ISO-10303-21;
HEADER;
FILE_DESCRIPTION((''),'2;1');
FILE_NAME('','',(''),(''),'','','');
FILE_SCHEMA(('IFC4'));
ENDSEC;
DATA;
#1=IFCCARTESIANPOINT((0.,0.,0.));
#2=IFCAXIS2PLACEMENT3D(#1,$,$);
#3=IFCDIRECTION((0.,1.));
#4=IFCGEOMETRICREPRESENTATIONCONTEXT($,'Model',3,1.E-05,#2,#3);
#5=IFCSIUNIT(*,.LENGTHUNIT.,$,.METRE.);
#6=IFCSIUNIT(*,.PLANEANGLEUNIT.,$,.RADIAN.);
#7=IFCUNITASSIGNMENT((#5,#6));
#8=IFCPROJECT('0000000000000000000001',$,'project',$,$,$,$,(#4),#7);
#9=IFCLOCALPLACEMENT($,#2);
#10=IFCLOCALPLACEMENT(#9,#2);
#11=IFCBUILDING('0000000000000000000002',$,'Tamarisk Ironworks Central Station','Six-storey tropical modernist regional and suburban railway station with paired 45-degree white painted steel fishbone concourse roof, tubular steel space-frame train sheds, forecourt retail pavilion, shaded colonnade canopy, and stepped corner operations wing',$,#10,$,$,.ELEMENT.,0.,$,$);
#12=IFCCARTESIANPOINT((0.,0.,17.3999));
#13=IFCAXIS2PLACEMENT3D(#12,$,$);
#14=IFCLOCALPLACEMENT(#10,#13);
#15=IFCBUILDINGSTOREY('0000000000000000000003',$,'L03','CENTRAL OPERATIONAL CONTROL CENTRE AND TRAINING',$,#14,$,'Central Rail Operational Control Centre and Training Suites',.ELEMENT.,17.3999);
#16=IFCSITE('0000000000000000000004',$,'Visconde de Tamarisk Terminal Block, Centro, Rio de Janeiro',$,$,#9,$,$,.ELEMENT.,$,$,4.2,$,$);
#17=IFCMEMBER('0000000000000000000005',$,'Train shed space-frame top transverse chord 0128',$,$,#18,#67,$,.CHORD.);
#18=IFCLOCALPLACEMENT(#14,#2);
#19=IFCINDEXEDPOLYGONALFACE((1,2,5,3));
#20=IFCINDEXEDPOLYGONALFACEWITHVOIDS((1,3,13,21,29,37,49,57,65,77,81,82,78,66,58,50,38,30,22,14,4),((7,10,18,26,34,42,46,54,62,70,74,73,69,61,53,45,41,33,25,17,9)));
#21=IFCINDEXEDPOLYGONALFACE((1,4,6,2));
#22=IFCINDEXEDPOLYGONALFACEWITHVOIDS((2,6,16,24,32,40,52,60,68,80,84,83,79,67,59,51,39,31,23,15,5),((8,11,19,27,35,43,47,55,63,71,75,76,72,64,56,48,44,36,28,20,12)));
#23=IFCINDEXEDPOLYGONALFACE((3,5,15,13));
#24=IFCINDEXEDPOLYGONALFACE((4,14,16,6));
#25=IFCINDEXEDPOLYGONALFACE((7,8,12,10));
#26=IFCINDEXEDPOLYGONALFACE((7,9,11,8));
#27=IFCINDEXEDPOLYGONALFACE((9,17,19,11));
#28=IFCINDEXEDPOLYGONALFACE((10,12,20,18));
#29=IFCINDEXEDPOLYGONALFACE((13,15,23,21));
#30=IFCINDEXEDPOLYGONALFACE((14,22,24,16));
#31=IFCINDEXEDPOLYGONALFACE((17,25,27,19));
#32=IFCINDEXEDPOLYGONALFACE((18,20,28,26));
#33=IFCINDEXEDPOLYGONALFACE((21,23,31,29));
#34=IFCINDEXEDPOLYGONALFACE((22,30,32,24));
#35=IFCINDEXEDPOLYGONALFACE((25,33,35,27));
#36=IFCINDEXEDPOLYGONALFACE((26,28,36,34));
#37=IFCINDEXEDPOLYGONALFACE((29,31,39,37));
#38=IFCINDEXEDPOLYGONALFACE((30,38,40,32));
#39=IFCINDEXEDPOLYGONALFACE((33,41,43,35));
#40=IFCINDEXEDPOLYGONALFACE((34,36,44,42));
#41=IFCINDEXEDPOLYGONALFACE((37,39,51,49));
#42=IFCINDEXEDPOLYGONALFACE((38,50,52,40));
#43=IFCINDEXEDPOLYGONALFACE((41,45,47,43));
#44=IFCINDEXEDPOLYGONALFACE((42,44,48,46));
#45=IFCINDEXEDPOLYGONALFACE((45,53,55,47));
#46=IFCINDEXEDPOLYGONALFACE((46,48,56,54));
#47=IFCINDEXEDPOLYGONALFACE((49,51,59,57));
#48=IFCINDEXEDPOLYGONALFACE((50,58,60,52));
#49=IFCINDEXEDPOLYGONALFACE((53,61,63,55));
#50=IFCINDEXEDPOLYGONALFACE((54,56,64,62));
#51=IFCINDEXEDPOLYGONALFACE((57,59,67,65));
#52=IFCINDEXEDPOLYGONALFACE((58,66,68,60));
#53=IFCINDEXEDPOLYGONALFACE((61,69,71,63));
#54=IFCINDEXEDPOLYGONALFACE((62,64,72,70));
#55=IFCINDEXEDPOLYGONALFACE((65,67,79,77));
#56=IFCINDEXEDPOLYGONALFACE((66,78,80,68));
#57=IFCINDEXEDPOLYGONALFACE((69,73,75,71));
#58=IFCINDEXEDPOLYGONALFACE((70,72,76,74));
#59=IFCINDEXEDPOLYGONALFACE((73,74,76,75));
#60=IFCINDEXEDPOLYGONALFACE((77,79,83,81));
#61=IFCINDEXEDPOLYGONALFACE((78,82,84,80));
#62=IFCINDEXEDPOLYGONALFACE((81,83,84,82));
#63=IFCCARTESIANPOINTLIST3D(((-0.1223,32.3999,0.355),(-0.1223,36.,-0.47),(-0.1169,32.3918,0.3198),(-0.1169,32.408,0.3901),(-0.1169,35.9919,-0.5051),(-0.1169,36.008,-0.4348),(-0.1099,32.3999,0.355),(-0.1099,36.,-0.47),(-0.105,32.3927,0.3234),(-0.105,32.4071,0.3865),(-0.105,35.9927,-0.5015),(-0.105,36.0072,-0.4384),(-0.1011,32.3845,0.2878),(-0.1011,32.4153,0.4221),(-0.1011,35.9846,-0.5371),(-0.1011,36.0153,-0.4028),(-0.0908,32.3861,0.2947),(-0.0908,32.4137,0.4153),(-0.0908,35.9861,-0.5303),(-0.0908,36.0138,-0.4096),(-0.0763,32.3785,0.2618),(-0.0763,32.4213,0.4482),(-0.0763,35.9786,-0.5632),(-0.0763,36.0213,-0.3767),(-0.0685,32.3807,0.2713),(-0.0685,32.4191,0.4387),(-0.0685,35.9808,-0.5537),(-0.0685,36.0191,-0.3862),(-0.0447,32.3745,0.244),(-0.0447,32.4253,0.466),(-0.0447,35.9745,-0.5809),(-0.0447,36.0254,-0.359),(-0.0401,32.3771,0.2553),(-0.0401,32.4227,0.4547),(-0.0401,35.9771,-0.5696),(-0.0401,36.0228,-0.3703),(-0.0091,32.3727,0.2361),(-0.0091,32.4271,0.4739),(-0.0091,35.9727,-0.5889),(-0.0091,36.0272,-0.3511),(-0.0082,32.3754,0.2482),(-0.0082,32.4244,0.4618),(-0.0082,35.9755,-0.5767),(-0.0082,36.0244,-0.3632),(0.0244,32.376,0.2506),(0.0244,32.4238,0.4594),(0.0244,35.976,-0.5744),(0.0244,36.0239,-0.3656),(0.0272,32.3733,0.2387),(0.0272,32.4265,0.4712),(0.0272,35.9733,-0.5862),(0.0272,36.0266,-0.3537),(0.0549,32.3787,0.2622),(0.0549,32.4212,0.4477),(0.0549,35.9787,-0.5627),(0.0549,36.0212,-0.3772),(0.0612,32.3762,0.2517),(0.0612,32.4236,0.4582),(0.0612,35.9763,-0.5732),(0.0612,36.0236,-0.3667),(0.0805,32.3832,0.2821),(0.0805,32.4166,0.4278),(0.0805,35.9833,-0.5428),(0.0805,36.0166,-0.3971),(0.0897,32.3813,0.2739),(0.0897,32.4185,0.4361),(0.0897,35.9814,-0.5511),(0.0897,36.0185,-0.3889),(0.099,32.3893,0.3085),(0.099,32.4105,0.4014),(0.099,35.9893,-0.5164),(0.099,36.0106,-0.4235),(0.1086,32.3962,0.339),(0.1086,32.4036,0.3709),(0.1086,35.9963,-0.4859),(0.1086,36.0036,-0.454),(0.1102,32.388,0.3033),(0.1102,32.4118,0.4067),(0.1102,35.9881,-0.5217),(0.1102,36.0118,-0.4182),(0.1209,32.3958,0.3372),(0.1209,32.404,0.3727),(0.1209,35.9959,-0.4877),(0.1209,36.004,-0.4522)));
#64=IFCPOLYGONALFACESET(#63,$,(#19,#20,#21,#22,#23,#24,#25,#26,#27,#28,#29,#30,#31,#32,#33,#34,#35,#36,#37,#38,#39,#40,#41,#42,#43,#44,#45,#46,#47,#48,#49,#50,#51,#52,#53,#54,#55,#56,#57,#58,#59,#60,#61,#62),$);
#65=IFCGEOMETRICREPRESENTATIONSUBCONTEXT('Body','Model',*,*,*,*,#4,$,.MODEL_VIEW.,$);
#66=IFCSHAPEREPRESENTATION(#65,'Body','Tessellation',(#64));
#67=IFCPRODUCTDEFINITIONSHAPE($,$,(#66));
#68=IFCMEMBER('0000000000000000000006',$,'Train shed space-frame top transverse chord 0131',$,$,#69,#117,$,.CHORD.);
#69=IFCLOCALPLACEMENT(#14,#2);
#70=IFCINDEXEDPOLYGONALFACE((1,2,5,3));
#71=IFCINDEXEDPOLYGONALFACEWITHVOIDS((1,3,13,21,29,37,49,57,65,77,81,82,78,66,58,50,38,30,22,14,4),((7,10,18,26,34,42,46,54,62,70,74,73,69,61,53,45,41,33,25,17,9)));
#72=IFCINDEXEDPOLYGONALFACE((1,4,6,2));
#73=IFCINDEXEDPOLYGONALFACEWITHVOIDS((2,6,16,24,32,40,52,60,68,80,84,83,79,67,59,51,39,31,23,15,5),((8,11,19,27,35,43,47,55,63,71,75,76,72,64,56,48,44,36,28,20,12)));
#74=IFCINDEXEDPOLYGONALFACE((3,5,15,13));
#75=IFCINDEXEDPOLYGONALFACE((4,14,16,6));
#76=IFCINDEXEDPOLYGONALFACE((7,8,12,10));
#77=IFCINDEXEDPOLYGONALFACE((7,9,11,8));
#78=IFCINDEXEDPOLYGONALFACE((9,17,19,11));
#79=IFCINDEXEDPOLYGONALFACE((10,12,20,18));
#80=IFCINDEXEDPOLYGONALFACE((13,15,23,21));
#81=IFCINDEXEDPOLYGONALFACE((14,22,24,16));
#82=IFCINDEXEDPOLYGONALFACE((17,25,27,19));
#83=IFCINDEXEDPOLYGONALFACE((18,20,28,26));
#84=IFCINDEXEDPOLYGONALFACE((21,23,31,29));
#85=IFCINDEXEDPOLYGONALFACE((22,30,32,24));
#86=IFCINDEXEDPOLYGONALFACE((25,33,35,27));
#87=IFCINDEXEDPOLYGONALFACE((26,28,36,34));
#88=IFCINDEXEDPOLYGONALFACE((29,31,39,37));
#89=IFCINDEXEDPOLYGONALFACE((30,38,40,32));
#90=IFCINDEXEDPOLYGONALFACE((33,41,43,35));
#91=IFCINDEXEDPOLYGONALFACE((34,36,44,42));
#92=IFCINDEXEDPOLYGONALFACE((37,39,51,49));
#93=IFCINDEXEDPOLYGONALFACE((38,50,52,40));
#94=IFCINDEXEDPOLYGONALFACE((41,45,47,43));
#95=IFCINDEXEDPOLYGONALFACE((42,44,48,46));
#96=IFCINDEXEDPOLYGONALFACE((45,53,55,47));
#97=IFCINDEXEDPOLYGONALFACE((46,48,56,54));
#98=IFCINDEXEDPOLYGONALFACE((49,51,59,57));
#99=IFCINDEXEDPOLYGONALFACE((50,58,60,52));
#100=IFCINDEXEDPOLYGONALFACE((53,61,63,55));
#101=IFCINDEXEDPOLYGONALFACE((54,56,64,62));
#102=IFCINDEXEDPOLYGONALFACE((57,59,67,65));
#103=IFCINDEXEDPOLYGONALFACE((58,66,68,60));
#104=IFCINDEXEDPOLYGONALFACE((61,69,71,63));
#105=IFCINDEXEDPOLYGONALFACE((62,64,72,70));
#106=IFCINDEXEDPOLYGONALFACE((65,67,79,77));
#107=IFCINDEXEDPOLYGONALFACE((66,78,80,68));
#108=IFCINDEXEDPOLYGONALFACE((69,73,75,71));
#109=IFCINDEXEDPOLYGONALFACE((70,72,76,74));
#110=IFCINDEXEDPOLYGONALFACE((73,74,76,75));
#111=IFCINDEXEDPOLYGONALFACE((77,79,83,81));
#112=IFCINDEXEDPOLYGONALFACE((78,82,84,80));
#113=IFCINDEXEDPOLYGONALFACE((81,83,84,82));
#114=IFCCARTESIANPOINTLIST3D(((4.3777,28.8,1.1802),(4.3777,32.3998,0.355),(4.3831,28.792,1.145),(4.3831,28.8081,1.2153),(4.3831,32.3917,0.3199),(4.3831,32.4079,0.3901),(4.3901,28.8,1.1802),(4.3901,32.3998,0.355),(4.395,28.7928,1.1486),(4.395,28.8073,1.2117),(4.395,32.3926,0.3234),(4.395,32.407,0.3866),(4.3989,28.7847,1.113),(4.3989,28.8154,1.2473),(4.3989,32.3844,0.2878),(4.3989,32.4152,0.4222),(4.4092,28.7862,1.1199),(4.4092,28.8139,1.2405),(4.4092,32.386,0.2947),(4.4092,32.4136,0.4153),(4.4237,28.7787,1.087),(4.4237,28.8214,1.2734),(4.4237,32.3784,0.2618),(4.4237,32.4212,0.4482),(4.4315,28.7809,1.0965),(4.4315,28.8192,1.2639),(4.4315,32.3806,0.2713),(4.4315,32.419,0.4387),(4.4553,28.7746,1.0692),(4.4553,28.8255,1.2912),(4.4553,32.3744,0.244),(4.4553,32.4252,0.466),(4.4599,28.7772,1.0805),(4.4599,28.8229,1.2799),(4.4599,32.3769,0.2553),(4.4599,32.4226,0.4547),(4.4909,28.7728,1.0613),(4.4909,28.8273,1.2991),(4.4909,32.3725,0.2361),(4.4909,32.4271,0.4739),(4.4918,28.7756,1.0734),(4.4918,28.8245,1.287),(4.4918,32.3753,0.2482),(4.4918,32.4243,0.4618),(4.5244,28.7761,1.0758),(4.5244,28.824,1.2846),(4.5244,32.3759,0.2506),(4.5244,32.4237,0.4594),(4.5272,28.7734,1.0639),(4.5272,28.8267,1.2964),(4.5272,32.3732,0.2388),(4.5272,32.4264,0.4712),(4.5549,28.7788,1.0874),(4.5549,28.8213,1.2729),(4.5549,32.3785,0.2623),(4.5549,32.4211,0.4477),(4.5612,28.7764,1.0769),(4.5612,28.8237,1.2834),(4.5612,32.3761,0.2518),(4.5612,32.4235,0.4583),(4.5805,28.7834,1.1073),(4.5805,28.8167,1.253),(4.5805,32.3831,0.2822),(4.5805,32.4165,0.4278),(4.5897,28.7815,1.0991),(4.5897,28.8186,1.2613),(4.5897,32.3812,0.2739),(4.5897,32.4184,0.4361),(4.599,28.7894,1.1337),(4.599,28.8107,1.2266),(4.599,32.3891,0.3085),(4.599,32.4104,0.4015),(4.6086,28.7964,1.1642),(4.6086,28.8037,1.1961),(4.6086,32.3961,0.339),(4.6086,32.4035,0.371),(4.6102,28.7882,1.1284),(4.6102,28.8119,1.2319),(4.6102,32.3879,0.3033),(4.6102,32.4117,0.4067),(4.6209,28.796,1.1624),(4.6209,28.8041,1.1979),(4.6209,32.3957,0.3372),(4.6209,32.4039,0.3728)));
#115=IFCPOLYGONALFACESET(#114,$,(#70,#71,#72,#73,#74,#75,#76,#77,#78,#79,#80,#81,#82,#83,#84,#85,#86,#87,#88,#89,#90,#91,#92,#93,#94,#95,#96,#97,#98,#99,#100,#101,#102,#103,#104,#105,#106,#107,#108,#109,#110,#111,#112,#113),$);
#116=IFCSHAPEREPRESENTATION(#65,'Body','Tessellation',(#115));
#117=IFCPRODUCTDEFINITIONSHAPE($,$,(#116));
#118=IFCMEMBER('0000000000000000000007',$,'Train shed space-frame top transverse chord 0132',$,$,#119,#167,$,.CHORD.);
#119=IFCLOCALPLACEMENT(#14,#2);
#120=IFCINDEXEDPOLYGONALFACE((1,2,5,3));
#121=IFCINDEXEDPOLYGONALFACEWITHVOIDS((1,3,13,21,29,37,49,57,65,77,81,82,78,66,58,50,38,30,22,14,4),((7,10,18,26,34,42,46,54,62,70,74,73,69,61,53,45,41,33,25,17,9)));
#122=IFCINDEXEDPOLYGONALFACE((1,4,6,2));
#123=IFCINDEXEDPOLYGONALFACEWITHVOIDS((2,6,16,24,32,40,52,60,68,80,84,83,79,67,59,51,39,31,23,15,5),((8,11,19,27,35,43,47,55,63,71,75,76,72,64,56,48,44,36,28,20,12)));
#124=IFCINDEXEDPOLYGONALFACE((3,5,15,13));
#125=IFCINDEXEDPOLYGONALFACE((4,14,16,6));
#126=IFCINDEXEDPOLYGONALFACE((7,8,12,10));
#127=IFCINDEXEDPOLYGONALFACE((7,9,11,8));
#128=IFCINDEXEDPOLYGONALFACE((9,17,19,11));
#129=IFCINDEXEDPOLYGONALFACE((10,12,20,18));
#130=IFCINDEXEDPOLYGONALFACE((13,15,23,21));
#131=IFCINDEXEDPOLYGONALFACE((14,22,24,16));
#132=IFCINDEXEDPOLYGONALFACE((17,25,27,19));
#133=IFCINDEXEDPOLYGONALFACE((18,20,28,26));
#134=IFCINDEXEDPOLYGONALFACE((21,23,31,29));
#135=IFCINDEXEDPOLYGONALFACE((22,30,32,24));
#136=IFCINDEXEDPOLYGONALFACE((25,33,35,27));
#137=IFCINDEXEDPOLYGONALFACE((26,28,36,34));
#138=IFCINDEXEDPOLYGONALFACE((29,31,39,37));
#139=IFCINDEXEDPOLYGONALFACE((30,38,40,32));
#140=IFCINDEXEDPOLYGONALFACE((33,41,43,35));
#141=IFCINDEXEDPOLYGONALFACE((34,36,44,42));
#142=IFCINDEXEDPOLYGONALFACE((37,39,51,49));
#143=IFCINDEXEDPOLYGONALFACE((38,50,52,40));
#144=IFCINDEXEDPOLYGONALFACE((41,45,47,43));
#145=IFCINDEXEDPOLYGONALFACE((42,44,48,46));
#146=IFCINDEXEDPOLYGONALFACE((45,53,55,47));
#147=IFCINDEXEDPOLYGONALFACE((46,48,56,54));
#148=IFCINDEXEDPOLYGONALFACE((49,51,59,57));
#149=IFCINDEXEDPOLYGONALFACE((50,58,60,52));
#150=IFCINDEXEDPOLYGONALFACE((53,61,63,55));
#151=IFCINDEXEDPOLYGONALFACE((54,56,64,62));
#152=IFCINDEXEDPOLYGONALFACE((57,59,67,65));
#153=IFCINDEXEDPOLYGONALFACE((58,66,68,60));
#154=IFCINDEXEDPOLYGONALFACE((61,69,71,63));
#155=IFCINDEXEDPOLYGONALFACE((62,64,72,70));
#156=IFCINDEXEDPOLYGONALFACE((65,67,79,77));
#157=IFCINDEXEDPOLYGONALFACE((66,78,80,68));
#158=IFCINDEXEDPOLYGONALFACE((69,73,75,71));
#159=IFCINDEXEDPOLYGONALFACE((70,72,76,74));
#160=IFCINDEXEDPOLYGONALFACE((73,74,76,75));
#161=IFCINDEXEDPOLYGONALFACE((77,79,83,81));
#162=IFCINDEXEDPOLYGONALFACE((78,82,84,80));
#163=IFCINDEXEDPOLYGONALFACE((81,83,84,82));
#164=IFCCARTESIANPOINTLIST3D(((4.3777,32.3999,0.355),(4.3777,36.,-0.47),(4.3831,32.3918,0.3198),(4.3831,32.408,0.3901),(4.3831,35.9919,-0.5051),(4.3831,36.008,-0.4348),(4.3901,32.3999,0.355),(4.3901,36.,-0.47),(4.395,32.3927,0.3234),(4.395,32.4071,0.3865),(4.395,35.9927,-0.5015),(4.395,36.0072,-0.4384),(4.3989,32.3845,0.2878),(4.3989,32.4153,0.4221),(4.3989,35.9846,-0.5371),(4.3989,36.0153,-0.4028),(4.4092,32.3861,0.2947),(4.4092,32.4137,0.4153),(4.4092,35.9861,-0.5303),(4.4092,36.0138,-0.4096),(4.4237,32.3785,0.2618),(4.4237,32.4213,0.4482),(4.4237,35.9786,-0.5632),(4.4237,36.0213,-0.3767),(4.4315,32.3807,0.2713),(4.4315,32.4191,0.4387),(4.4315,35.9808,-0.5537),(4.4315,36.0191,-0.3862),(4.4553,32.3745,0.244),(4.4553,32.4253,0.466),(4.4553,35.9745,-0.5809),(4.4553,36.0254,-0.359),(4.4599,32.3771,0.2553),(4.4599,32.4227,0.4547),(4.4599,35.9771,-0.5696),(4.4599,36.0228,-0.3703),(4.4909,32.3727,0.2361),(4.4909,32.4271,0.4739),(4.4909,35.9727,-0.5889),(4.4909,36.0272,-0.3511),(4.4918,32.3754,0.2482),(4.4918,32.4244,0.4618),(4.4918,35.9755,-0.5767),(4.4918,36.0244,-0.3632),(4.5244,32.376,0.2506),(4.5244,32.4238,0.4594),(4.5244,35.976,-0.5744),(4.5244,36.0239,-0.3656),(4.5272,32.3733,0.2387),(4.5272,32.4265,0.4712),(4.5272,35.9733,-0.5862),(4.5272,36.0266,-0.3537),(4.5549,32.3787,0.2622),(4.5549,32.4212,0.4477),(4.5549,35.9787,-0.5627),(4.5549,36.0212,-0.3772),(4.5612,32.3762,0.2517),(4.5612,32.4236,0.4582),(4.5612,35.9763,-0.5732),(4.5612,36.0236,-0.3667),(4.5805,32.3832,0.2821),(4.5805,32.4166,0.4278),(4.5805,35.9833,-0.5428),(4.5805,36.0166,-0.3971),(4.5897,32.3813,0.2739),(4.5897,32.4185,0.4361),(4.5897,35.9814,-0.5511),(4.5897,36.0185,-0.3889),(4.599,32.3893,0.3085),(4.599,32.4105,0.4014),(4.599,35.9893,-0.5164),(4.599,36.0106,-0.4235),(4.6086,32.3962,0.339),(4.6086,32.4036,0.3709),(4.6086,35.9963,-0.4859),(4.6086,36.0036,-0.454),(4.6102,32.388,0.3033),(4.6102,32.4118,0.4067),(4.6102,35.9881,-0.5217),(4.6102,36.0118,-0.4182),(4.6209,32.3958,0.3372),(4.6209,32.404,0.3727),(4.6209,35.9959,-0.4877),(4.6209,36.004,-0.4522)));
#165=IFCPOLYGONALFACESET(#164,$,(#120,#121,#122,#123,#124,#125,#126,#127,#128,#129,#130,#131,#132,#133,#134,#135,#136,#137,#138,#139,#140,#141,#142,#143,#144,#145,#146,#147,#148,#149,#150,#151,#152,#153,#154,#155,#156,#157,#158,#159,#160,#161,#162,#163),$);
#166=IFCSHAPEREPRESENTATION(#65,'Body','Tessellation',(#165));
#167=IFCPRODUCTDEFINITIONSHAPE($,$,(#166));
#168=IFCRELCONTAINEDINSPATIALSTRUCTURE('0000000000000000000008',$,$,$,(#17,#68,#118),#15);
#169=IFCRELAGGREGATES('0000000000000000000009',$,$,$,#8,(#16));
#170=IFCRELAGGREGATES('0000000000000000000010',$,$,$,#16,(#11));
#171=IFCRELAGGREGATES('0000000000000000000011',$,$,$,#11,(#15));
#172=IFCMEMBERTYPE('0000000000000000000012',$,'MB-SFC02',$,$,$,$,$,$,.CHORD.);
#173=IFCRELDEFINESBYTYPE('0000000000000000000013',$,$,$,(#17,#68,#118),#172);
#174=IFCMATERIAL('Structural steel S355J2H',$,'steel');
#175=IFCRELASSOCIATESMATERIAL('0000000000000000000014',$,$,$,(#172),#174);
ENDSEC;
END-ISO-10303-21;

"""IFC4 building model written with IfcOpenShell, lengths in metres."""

from ifc_helpers import new_model, si_unit, direction, frame, origin, origin_2d, place, context, subcontext, project, spatial, hollow_circle, extrude, material, material_profile, profile_set, type_object, element, save


model = new_model("IFC4")

# Units and contexts
model_context = context("Model", 3, precision=1e-05, world=origin(), true_north=direction((0.0, 1.0)))
body_context = subcontext(model_context, "Body", "Model", "MODEL_VIEW")
ifc_project = project(units=[si_unit("LENGTHUNIT", "METRE"), si_unit("PLANEANGLEUNIT", "RADIAN")], contexts=[model_context])

# Site, building, storey
site_placement = place(None, origin())
site = spatial("IfcSite", under=ifc_project, at=site_placement, Name="Visconde de Tamarisk Terminal Block, Centro, Rio de Janeiro", CompositionType="ELEMENT", RefElevation=4.2)
building_placement = place(site_placement, origin())
building = spatial("IfcBuilding", under=site, at=building_placement, Name="Tamarisk Ironworks Central Station", Description="Six-storey tropical modernist regional and suburban railway station with paired 45-degree white painted steel fishbone concourse roof, tubular steel space-frame train sheds, forecourt retail pavilion, shaded colonnade canopy, and stepped corner operations wing", CompositionType="ELEMENT", ElevationOfRefHeight=0.0)
storey_placement = place(building_placement, frame((0.0, 0.0, 17.3999)))
storey = spatial("IfcBuildingStorey", under=building, at=storey_placement, Name="L03", Description="CENTRAL OPERATIONAL CONTROL CENTRE AND TRAINING", LongName="Central Rail Operational Control Centre and Training Suites", CompositionType="ELEMENT", Elevation=17.3999)

# Members
ifc_material_1 = material(Name="Structural steel S355J2H", Category="steel")
ifc_material_profile_1 = material_profile(ifc_material_1, hollow_circle(Radius=0.1223, WallThickness=0.0125, at=origin_2d()), Name="CHS 244.5x12.5")
ifc_profile_set_1 = profile_set([ifc_material_profile_1], Name="Structural steel S355J2H")
member_type_1 = type_object("IfcMemberType", Name="MB-SFC02", PredefinedType="CHORD", material=ifc_profile_set_1)
member_1_placement = place(storey_placement, frame((0.0, 32.3999, 0.355), z_axis=(0.0, 0.974737, -0.223358), x_axis=(-1.0, 0.0, 0.0)))
element("IfcMember", 1, at=member_1_placement, inside=storey, type_object=member_type_1, Name="Train shed space-frame top transverse chord 0128", PredefinedType="CHORD", context=body_context, shape_type="SweptSolid", body=[
    extrude(hollow_circle(Radius=0.1223, WallThickness=0.0125, at=origin_2d()), origin(), (0.0, 0.0, 1.0), 3.6934),
])
member_2_placement = place(storey_placement, frame((4.5, 28.8, 1.1802), z_axis=(0.0, 0.974719, -0.223435), x_axis=(-1.0, 0.0, 0.0)))
element("IfcMember", 2, at=member_2_placement, inside=storey, type_object=member_type_1, Name="Train shed space-frame top transverse chord 0131", PredefinedType="CHORD", context=body_context, shape_type="SweptSolid", body=[
    extrude(hollow_circle(Radius=0.1223, WallThickness=0.0125, at=origin_2d()), origin(), (0.0, 0.0, 1.0), 3.6931),
])
member_3_placement = place(storey_placement, frame((4.5, 32.3999, 0.355), z_axis=(0.0, 0.974737, -0.223358), x_axis=(-1.0, 0.0, 0.0)))
element("IfcMember", 3, at=member_3_placement, inside=storey, type_object=member_type_1, Name="Train shed space-frame top transverse chord 0132", PredefinedType="CHORD", context=body_context, shape_type="SweptSolid", body=[
    extrude(hollow_circle(Radius=0.1223, WallThickness=0.0125, at=origin_2d()), origin(), (0.0, 0.0, 1.0), 3.6934),
])

save(model, "model.ifc")
